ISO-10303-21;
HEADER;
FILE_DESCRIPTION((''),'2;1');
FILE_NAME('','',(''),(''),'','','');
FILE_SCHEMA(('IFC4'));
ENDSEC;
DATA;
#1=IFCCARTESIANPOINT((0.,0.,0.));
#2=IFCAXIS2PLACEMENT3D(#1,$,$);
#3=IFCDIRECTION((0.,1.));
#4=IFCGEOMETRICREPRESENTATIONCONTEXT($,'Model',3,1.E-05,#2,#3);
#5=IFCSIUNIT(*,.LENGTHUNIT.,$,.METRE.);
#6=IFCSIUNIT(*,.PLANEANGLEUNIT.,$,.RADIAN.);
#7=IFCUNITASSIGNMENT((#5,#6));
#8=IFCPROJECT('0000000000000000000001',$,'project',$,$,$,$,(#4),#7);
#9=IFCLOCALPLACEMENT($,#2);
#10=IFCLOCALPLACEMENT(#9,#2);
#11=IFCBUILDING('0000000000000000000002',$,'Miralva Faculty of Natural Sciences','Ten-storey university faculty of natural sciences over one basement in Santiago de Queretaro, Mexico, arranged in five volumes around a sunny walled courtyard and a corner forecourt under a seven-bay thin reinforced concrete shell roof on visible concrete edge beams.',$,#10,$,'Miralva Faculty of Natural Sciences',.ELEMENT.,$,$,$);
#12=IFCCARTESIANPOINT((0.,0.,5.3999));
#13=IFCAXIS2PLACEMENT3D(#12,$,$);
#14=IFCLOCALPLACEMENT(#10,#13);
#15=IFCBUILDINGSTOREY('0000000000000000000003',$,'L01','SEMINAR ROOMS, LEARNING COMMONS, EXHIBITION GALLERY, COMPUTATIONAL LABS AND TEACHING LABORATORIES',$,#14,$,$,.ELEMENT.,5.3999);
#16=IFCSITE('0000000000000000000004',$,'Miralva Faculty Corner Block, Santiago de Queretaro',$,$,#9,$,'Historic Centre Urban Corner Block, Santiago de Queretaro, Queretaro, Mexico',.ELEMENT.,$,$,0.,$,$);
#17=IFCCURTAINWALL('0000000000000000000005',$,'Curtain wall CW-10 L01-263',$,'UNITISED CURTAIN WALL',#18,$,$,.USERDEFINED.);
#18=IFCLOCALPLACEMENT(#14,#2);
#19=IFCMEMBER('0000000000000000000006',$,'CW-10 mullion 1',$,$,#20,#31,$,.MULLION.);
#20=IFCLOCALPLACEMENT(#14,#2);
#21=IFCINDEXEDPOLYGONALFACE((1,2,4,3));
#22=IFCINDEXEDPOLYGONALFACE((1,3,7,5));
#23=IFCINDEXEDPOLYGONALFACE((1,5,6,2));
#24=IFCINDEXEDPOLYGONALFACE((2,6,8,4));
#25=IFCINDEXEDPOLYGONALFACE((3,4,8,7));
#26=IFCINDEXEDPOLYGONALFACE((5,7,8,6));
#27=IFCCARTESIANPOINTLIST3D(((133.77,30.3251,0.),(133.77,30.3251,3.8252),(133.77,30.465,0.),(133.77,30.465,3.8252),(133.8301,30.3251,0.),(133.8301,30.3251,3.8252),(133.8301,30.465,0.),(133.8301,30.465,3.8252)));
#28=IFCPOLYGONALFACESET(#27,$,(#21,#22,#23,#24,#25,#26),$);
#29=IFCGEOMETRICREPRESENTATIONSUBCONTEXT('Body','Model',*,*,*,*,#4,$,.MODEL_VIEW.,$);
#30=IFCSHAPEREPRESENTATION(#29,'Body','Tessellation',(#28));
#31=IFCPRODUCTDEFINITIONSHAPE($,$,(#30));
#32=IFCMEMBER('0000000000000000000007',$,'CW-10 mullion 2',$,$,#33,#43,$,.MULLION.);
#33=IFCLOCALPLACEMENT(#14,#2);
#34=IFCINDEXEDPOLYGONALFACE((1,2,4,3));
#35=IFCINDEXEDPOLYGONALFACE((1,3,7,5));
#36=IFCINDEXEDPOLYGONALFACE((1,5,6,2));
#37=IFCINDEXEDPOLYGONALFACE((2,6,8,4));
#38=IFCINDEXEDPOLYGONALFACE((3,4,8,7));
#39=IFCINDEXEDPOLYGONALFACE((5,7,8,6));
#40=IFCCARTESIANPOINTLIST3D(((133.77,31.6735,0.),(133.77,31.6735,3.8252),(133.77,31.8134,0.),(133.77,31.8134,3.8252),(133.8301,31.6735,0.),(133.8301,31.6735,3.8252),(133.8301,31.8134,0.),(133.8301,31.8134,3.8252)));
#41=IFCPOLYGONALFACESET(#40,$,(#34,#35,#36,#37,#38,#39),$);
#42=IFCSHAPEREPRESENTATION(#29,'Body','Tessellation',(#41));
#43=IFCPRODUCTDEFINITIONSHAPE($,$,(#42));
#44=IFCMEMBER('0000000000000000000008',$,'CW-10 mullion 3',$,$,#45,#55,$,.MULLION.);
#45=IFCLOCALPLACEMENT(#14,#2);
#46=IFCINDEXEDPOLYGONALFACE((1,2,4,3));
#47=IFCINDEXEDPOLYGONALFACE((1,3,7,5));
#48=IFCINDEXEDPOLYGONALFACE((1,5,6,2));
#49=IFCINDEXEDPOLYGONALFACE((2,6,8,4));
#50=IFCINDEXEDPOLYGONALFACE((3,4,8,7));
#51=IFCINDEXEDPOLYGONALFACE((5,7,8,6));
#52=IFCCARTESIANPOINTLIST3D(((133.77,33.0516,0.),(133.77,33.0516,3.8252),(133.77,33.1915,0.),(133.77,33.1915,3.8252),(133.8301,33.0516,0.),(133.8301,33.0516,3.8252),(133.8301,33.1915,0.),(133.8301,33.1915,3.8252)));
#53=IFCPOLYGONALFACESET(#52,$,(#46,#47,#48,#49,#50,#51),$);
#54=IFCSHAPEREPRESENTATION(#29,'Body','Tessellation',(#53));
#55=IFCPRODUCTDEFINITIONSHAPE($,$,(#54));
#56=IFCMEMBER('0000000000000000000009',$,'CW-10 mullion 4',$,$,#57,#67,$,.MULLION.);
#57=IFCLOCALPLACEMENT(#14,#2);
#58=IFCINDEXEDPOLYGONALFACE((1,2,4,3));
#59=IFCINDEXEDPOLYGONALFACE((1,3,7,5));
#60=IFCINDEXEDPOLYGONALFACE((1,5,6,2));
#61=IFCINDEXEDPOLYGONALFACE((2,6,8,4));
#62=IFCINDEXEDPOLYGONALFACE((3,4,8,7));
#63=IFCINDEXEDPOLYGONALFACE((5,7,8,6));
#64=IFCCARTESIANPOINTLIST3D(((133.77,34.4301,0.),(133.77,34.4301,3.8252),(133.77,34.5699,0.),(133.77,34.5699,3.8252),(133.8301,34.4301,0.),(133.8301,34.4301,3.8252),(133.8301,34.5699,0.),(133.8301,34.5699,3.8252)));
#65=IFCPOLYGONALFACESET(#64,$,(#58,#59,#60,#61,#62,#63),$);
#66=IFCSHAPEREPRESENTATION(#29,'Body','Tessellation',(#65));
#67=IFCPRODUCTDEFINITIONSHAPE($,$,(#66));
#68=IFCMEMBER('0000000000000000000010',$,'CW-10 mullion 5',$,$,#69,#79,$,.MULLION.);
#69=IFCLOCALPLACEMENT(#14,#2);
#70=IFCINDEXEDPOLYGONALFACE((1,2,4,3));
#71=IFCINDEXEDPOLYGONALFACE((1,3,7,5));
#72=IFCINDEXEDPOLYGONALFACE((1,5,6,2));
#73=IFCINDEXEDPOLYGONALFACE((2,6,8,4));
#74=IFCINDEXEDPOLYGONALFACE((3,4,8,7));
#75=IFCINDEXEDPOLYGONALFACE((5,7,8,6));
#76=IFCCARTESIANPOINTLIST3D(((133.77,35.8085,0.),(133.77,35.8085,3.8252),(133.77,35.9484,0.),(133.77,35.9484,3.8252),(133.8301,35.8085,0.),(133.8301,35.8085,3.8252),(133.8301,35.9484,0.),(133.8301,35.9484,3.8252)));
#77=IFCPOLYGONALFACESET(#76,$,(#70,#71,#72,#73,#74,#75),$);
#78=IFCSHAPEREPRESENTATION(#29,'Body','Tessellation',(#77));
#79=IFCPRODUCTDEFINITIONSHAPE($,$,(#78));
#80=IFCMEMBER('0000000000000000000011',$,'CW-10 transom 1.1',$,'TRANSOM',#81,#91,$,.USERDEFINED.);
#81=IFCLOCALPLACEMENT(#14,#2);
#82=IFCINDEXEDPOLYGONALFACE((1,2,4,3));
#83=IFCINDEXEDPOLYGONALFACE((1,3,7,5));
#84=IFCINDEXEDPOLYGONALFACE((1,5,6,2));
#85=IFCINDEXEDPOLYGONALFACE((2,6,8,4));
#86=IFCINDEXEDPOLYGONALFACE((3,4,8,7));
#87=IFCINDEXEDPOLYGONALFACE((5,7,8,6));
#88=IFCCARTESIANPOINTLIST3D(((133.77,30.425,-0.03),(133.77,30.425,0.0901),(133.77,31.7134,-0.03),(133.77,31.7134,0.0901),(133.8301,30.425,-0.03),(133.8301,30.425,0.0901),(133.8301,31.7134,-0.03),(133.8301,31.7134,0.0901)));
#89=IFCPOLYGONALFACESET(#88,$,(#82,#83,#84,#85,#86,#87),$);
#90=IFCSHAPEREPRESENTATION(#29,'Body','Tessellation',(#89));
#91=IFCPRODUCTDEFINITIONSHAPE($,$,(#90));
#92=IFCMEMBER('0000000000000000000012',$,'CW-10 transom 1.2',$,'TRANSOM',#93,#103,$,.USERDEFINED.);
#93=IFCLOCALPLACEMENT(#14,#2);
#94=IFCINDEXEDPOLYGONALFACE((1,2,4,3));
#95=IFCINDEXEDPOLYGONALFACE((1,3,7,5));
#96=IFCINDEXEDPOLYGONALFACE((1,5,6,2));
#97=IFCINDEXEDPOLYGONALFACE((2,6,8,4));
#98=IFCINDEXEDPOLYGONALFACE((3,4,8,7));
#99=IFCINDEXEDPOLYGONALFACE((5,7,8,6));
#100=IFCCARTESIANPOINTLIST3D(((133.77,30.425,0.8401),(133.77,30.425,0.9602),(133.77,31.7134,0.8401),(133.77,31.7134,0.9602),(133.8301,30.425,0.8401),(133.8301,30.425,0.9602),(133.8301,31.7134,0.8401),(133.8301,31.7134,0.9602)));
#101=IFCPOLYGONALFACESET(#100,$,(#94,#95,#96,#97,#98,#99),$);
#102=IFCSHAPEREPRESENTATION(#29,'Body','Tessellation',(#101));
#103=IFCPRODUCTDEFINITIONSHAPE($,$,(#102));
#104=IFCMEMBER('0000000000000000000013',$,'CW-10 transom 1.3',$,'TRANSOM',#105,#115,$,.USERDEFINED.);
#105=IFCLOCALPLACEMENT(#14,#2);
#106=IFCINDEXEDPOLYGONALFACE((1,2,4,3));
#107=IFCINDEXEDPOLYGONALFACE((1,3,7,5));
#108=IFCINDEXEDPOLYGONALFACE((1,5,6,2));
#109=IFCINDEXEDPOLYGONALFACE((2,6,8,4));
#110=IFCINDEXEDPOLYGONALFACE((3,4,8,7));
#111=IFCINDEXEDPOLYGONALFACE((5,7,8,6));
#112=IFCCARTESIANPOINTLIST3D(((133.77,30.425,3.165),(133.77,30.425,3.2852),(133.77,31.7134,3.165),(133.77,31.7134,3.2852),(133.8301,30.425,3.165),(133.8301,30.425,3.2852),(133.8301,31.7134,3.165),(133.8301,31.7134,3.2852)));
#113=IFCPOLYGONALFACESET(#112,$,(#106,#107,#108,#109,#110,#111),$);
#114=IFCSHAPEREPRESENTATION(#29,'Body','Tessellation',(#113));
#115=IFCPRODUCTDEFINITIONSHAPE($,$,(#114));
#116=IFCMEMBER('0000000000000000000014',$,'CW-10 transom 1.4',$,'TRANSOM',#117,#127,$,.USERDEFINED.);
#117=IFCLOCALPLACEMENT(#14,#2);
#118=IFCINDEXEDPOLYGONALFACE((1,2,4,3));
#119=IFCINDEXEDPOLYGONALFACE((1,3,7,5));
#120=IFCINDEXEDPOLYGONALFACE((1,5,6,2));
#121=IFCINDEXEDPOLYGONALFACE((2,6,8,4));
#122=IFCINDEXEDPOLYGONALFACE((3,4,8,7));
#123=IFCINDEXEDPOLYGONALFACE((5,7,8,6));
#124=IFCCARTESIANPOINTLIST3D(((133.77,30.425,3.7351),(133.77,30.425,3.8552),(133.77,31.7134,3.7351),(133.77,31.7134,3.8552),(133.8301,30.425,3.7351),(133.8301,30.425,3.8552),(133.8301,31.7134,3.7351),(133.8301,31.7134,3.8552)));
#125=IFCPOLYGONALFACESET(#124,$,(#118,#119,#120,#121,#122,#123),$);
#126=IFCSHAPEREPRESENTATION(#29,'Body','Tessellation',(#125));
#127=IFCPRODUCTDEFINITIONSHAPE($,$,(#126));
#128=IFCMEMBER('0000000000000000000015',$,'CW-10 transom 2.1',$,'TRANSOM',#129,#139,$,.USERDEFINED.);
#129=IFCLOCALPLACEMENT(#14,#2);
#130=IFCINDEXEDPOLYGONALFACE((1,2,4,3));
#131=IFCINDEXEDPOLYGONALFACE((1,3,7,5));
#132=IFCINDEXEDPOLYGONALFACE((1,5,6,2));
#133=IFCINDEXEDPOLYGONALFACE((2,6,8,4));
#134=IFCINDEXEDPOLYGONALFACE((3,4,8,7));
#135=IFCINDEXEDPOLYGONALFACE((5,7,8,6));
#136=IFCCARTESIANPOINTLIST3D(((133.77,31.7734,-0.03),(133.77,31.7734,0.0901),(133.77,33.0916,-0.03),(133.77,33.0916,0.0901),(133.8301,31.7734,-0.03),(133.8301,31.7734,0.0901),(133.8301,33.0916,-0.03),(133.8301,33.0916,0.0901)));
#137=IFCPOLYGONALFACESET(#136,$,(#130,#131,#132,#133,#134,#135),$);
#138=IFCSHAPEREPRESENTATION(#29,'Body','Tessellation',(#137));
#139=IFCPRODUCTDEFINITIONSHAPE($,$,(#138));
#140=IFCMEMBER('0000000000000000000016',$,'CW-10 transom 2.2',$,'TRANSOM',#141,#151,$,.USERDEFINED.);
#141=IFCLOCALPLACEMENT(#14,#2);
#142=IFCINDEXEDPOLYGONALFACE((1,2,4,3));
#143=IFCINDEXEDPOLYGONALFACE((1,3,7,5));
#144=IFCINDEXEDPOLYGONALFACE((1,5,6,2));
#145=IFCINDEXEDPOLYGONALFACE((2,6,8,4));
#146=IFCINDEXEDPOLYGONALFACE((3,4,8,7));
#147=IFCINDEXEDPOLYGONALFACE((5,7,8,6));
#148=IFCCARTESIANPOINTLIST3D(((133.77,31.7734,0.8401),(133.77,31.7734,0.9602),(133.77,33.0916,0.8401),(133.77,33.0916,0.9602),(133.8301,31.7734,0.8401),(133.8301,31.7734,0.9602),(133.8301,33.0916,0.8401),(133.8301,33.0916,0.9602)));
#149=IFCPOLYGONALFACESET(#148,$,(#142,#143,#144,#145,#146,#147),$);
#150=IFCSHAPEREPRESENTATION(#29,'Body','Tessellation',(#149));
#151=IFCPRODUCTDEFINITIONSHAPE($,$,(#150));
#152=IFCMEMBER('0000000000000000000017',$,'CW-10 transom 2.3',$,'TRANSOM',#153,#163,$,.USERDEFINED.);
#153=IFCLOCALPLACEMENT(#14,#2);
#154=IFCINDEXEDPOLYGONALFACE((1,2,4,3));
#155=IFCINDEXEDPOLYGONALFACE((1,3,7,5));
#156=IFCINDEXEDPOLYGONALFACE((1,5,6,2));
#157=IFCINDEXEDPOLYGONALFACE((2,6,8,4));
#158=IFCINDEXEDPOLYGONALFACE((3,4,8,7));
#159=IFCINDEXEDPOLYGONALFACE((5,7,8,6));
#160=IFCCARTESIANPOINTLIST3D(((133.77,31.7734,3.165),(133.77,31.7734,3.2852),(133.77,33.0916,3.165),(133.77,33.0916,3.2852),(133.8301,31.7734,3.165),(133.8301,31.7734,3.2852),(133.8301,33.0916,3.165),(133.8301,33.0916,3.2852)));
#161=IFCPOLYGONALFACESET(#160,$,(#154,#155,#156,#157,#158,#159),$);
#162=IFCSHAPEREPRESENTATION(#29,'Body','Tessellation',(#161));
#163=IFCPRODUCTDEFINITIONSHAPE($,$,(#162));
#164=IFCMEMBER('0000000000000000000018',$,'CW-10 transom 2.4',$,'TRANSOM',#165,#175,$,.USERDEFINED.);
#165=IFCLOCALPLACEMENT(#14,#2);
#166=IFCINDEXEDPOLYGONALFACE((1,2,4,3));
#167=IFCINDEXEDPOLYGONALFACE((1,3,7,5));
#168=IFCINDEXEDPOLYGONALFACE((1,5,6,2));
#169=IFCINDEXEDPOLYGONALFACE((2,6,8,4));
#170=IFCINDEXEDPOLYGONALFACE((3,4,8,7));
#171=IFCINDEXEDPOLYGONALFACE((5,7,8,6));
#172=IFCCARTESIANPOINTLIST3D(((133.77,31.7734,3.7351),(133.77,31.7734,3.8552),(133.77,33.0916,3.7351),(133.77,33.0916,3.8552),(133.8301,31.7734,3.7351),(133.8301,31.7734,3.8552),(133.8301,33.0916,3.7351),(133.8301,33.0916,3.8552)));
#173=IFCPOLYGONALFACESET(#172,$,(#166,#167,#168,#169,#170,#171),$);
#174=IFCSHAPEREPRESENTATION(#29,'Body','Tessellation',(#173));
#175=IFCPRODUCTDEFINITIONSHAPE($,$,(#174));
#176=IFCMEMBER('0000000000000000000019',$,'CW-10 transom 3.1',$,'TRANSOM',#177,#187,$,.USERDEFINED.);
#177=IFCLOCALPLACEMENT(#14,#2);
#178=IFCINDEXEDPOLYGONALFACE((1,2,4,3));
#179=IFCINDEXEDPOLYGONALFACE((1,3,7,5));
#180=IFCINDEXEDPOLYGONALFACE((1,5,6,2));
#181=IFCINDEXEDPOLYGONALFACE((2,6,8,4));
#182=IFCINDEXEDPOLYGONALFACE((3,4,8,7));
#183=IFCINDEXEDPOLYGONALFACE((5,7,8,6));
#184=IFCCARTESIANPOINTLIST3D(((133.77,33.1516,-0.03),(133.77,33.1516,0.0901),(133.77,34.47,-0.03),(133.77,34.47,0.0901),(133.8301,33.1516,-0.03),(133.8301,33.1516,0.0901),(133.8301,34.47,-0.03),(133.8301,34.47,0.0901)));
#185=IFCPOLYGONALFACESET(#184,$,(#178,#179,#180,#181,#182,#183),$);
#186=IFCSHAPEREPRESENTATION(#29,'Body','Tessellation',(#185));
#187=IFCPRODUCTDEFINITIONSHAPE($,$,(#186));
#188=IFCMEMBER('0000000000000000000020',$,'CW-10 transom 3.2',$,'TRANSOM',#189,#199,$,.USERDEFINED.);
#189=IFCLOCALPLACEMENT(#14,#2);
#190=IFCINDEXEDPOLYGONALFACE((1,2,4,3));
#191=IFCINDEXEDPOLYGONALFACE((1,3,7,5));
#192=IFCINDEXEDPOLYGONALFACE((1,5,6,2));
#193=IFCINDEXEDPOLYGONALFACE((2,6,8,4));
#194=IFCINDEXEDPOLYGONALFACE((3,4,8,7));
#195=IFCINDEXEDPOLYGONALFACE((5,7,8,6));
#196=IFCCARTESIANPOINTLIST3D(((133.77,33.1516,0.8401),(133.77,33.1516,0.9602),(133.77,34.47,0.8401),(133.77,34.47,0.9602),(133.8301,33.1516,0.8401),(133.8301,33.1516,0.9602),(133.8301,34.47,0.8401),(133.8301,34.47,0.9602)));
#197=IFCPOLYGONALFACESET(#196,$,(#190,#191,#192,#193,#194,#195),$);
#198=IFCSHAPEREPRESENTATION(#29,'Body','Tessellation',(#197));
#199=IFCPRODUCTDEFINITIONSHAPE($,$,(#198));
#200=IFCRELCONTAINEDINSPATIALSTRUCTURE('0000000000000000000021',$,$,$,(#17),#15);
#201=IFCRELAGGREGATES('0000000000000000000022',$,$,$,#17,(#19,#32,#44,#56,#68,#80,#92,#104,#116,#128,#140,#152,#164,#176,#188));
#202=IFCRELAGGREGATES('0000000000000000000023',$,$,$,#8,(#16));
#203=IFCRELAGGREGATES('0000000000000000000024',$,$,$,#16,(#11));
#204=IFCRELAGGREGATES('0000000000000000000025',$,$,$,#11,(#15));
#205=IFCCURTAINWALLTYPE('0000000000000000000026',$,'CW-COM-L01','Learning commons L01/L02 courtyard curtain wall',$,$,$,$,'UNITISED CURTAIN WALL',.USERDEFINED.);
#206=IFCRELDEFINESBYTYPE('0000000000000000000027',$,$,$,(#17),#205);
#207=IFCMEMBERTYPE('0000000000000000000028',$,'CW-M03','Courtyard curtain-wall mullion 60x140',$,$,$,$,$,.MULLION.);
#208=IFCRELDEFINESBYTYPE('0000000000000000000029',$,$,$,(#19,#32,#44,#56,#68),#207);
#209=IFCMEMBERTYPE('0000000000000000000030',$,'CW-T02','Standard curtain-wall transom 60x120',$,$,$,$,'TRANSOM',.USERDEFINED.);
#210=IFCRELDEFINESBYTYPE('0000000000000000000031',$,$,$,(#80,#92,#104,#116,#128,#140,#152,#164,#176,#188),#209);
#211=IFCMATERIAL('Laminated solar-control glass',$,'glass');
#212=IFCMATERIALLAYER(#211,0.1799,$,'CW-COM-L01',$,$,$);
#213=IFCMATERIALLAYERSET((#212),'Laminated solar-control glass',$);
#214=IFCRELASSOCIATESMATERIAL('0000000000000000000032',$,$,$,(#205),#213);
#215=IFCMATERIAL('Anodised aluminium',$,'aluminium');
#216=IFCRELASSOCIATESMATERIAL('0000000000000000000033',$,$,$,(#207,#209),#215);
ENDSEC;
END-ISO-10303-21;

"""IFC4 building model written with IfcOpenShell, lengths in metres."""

from ifc_helpers import new_model, si_unit, direction, frame, origin, origin_2d, place, context, subcontext, project, spatial, rectangle, extrude, material, layer, layer_set, material_profile, profile_set, type_object, element, aggregate, save


model = new_model("IFC4")

# Units and contexts
model_context = context("Model", 3, precision=1e-05, world=origin(), true_north=direction((0.0, 1.0)))
body_context = subcontext(model_context, "Body", "Model", "MODEL_VIEW")
ifc_project = project(units=[si_unit("LENGTHUNIT", "METRE"), si_unit("PLANEANGLEUNIT", "RADIAN")], contexts=[model_context])

# Site, building, storey
site_placement = place(None, origin())
site = spatial("IfcSite", under=ifc_project, at=site_placement, Name="Miralva Faculty Corner Block, Santiago de Queretaro", LongName="Historic Centre Urban Corner Block, Santiago de Queretaro, Queretaro, Mexico", CompositionType="ELEMENT", RefElevation=0.0)
building_placement = place(site_placement, origin())
building = spatial("IfcBuilding", under=site, at=building_placement, Name="Miralva Faculty of Natural Sciences", Description="Ten-storey university faculty of natural sciences over one basement in Santiago de Queretaro, Mexico, arranged in five volumes around a sunny walled courtyard and a corner forecourt under a seven-bay thin reinforced concrete shell roof on visible concrete edge beams.", LongName="Miralva Faculty of Natural Sciences", CompositionType="ELEMENT")
storey_placement = place(building_placement, frame((0.0, 0.0, 5.3999)))
storey = spatial("IfcBuildingStorey", under=building, at=storey_placement, Name="L01", Description="SEMINAR ROOMS, LEARNING COMMONS, EXHIBITION GALLERY, COMPUTATIONAL LABS AND TEACHING LABORATORIES", CompositionType="ELEMENT", Elevation=5.3999)

# Curtain wall, members
ifc_material_1 = material(Name="Laminated solar-control glass", Category="glass")
ifc_layer_1 = layer(ifc_material_1, 0.1799, Name="CW-COM-L01")
ifc_layer_set_1 = layer_set([ifc_layer_1], Name="Laminated solar-control glass")
curtain_wall_type = type_object("IfcCurtainWallType", Name="CW-COM-L01", Description="Learning commons L01/L02 courtyard curtain wall", ElementType="UNITISED CURTAIN WALL", PredefinedType="USERDEFINED", material=ifc_layer_set_1)
curtain_wall_placement = place(storey_placement, origin())
curtain_wall = element("IfcCurtainWall", 1, at=curtain_wall_placement, inside=storey, type_object=curtain_wall_type, Name="Curtain wall CW-10 L01-263", ObjectType="UNITISED CURTAIN WALL", PredefinedType="USERDEFINED")
ifc_material_2 = material(Name="Anodised aluminium", Category="aluminium")
ifc_material_profile_1 = material_profile(ifc_material_2, rectangle(XDim=0.0601, YDim=0.1399, at=origin_2d()), Name="MULLION 60x140")
ifc_profile_set_1 = profile_set([ifc_material_profile_1], Name="Anodised aluminium")
member_type_1 = type_object("IfcMemberType", Name="CW-M03", Description="Courtyard curtain-wall mullion 60x140", PredefinedType="MULLION", material=ifc_profile_set_1)
member_1_placement = place(storey_placement, frame((133.8, 30.395, 0.0), z_axis=(0.0, 0.0, 1.0), x_axis=(-1.0, 0.0, 0.0)))
member_1 = element("IfcMember", 2, at=member_1_placement, type_object=member_type_1, Name="CW-10 mullion 1", PredefinedType="MULLION", context=body_context, shape_type="SweptSolid", body=[
    extrude(rectangle(XDim=0.0601, YDim=0.1399, at=origin_2d()), origin(), (0.0, 0.0, 1.0), 3.8252),
])
member_2_placement = place(storey_placement, frame((133.8, 31.7434, 0.0), z_axis=(0.0, 0.0, 1.0), x_axis=(-1.0, 0.0, 0.0)))
member_2 = element("IfcMember", 3, at=member_2_placement, type_object=member_type_1, Name="CW-10 mullion 2", PredefinedType="MULLION", context=body_context, shape_type="SweptSolid", body=[
    extrude(rectangle(XDim=0.0601, YDim=0.1399, at=origin_2d()), origin(), (0.0, 0.0, 1.0), 3.8252),
])
member_3_placement = place(storey_placement, frame((133.8, 33.1216, 0.0), z_axis=(0.0, 0.0, 1.0), x_axis=(-1.0, 0.0, 0.0)))
member_3 = element("IfcMember", 4, at=member_3_placement, type_object=member_type_1, Name="CW-10 mullion 3", PredefinedType="MULLION", context=body_context, shape_type="SweptSolid", body=[
    extrude(rectangle(XDim=0.0601, YDim=0.1399, at=origin_2d()), origin(), (0.0, 0.0, 1.0), 3.8252),
])
member_4_placement = place(storey_placement, frame((133.8, 34.5, 0.0), z_axis=(0.0, 0.0, 1.0), x_axis=(-1.0, 0.0, 0.0)))
member_4 = element("IfcMember", 5, at=member_4_placement, type_object=member_type_1, Name="CW-10 mullion 4", PredefinedType="MULLION", context=body_context, shape_type="SweptSolid", body=[
    extrude(rectangle(XDim=0.0601, YDim=0.1399, at=origin_2d()), origin(), (0.0, 0.0, 1.0), 3.8252),
])
member_5_placement = place(storey_placement, frame((133.8, 35.8784, 0.0), z_axis=(0.0, 0.0, 1.0), x_axis=(-1.0, 0.0, 0.0)))
member_5 = element("IfcMember", 6, at=member_5_placement, type_object=member_type_1, Name="CW-10 mullion 5", PredefinedType="MULLION", context=body_context, shape_type="SweptSolid", body=[
    extrude(rectangle(XDim=0.0601, YDim=0.1399, at=origin_2d()), origin(), (0.0, 0.0, 1.0), 3.8252),
])
ifc_material_profile_2 = material_profile(ifc_material_2, rectangle(XDim=0.0601, YDim=0.1201, at=origin_2d()), Name="TRANSOM 60x120")
ifc_profile_set_2 = profile_set([ifc_material_profile_2], Name="Anodised aluminium")
member_type_2 = type_object("IfcMemberType", Name="CW-T02", Description="Standard curtain-wall transom 60x120", ElementType="TRANSOM", PredefinedType="USERDEFINED", material=ifc_profile_set_2)
member_6_placement = place(storey_placement, frame((133.8, 30.425, 0.03), z_axis=(0.0, 1.0, 0.0), x_axis=(-1.0, 0.0, 0.0)))
member_6 = element("IfcMember", 7, at=member_6_placement, type_object=member_type_2, Name="CW-10 transom 1.1", ObjectType="TRANSOM", PredefinedType="USERDEFINED", context=body_context, shape_type="SweptSolid", body=[
    extrude(rectangle(XDim=0.0601, YDim=0.1201, at=origin_2d()), origin(), (0.0, 0.0, 1.0), 1.2883),
])
member_7_placement = place(storey_placement, frame((133.8, 30.425, 0.9001), z_axis=(0.0, 1.0, 0.0), x_axis=(-1.0, 0.0, 0.0)))
member_7 = element("IfcMember", 8, at=member_7_placement, type_object=member_type_2, Name="CW-10 transom 1.2", ObjectType="TRANSOM", PredefinedType="USERDEFINED", context=body_context, shape_type="SweptSolid", body=[
    extrude(rectangle(XDim=0.0601, YDim=0.1201, at=origin_2d()), origin(), (0.0, 0.0, 1.0), 1.2883),
])
member_8_placement = place(storey_placement, frame((133.8, 30.425, 3.2251), z_axis=(0.0, 1.0, 0.0), x_axis=(-1.0, 0.0, 0.0)))
member_8 = element("IfcMember", 9, at=member_8_placement, type_object=member_type_2, Name="CW-10 transom 1.3", ObjectType="TRANSOM", PredefinedType="USERDEFINED", context=body_context, shape_type="SweptSolid", body=[
    extrude(rectangle(XDim=0.0601, YDim=0.1201, at=origin_2d()), origin(), (0.0, 0.0, 1.0), 1.2883),
])
member_9_placement = place(storey_placement, frame((133.8, 30.425, 3.7952), z_axis=(0.0, 1.0, 0.0), x_axis=(-1.0, 0.0, 0.0)))
member_9 = element("IfcMember", 10, at=member_9_placement, type_object=member_type_2, Name="CW-10 transom 1.4", ObjectType="TRANSOM", PredefinedType="USERDEFINED", context=body_context, shape_type="SweptSolid", body=[
    extrude(rectangle(XDim=0.0601, YDim=0.1201, at=origin_2d()), origin(), (0.0, 0.0, 1.0), 1.2883),
])
member_10_placement = place(storey_placement, frame((133.8, 31.7734, 0.03), z_axis=(0.0, 1.0, 0.0), x_axis=(-1.0, 0.0, 0.0)))
member_10 = element("IfcMember", 11, at=member_10_placement, type_object=member_type_2, Name="CW-10 transom 2.1", ObjectType="TRANSOM", PredefinedType="USERDEFINED", context=body_context, shape_type="SweptSolid", body=[
    extrude(rectangle(XDim=0.0601, YDim=0.1201, at=origin_2d()), origin(), (0.0, 0.0, 1.0), 1.3181),
])
member_11_placement = place(storey_placement, frame((133.8, 31.7734, 0.9001), z_axis=(0.0, 1.0, 0.0), x_axis=(-1.0, 0.0, 0.0)))
member_11 = element("IfcMember", 12, at=member_11_placement, type_object=member_type_2, Name="CW-10 transom 2.2", ObjectType="TRANSOM", PredefinedType="USERDEFINED", context=body_context, shape_type="SweptSolid", body=[
    extrude(rectangle(XDim=0.0601, YDim=0.1201, at=origin_2d()), origin(), (0.0, 0.0, 1.0), 1.3181),
])
member_12_placement = place(storey_placement, frame((133.8, 31.7734, 3.2251), z_axis=(0.0, 1.0, 0.0), x_axis=(-1.0, 0.0, 0.0)))
member_12 = element("IfcMember", 13, at=member_12_placement, type_object=member_type_2, Name="CW-10 transom 2.3", ObjectType="TRANSOM", PredefinedType="USERDEFINED", context=body_context, shape_type="SweptSolid", body=[
    extrude(rectangle(XDim=0.0601, YDim=0.1201, at=origin_2d()), origin(), (0.0, 0.0, 1.0), 1.3181),
])
member_13_placement = place(storey_placement, frame((133.8, 31.7734, 3.7952), z_axis=(0.0, 1.0, 0.0), x_axis=(-1.0, 0.0, 0.0)))
member_13 = element("IfcMember", 14, at=member_13_placement, type_object=member_type_2, Name="CW-10 transom 2.4", ObjectType="TRANSOM", PredefinedType="USERDEFINED", context=body_context, shape_type="SweptSolid", body=[
    extrude(rectangle(XDim=0.0601, YDim=0.1201, at=origin_2d()), origin(), (0.0, 0.0, 1.0), 1.3181),
])
member_14_placement = place(storey_placement, frame((133.8, 33.1516, 0.03), z_axis=(0.0, 1.0, 0.0), x_axis=(-1.0, 0.0, 0.0)))
member_14 = element("IfcMember", 15, at=member_14_placement, type_object=member_type_2, Name="CW-10 transom 3.1", ObjectType="TRANSOM", PredefinedType="USERDEFINED", context=body_context, shape_type="SweptSolid", body=[
    extrude(rectangle(XDim=0.0601, YDim=0.1201, at=origin_2d()), origin(), (0.0, 0.0, 1.0), 1.3184),
])
member_15_placement = place(storey_placement, frame((133.8, 33.1516, 0.9001), z_axis=(0.0, 1.0, 0.0), x_axis=(-1.0, 0.0, 0.0)))
member_15 = element("IfcMember", 16, at=member_15_placement, type_object=member_type_2, Name="CW-10 transom 3.2", ObjectType="TRANSOM", PredefinedType="USERDEFINED", context=body_context, shape_type="SweptSolid", body=[
    extrude(rectangle(XDim=0.0601, YDim=0.1201, at=origin_2d()), origin(), (0.0, 0.0, 1.0), 1.3184),
])
aggregate(curtain_wall, [member_1, member_2, member_3, member_4, member_5, member_6, member_7, member_8, member_9, member_10, member_11, member_12, member_13, member_14, member_15])

save(model, "model.ifc")
